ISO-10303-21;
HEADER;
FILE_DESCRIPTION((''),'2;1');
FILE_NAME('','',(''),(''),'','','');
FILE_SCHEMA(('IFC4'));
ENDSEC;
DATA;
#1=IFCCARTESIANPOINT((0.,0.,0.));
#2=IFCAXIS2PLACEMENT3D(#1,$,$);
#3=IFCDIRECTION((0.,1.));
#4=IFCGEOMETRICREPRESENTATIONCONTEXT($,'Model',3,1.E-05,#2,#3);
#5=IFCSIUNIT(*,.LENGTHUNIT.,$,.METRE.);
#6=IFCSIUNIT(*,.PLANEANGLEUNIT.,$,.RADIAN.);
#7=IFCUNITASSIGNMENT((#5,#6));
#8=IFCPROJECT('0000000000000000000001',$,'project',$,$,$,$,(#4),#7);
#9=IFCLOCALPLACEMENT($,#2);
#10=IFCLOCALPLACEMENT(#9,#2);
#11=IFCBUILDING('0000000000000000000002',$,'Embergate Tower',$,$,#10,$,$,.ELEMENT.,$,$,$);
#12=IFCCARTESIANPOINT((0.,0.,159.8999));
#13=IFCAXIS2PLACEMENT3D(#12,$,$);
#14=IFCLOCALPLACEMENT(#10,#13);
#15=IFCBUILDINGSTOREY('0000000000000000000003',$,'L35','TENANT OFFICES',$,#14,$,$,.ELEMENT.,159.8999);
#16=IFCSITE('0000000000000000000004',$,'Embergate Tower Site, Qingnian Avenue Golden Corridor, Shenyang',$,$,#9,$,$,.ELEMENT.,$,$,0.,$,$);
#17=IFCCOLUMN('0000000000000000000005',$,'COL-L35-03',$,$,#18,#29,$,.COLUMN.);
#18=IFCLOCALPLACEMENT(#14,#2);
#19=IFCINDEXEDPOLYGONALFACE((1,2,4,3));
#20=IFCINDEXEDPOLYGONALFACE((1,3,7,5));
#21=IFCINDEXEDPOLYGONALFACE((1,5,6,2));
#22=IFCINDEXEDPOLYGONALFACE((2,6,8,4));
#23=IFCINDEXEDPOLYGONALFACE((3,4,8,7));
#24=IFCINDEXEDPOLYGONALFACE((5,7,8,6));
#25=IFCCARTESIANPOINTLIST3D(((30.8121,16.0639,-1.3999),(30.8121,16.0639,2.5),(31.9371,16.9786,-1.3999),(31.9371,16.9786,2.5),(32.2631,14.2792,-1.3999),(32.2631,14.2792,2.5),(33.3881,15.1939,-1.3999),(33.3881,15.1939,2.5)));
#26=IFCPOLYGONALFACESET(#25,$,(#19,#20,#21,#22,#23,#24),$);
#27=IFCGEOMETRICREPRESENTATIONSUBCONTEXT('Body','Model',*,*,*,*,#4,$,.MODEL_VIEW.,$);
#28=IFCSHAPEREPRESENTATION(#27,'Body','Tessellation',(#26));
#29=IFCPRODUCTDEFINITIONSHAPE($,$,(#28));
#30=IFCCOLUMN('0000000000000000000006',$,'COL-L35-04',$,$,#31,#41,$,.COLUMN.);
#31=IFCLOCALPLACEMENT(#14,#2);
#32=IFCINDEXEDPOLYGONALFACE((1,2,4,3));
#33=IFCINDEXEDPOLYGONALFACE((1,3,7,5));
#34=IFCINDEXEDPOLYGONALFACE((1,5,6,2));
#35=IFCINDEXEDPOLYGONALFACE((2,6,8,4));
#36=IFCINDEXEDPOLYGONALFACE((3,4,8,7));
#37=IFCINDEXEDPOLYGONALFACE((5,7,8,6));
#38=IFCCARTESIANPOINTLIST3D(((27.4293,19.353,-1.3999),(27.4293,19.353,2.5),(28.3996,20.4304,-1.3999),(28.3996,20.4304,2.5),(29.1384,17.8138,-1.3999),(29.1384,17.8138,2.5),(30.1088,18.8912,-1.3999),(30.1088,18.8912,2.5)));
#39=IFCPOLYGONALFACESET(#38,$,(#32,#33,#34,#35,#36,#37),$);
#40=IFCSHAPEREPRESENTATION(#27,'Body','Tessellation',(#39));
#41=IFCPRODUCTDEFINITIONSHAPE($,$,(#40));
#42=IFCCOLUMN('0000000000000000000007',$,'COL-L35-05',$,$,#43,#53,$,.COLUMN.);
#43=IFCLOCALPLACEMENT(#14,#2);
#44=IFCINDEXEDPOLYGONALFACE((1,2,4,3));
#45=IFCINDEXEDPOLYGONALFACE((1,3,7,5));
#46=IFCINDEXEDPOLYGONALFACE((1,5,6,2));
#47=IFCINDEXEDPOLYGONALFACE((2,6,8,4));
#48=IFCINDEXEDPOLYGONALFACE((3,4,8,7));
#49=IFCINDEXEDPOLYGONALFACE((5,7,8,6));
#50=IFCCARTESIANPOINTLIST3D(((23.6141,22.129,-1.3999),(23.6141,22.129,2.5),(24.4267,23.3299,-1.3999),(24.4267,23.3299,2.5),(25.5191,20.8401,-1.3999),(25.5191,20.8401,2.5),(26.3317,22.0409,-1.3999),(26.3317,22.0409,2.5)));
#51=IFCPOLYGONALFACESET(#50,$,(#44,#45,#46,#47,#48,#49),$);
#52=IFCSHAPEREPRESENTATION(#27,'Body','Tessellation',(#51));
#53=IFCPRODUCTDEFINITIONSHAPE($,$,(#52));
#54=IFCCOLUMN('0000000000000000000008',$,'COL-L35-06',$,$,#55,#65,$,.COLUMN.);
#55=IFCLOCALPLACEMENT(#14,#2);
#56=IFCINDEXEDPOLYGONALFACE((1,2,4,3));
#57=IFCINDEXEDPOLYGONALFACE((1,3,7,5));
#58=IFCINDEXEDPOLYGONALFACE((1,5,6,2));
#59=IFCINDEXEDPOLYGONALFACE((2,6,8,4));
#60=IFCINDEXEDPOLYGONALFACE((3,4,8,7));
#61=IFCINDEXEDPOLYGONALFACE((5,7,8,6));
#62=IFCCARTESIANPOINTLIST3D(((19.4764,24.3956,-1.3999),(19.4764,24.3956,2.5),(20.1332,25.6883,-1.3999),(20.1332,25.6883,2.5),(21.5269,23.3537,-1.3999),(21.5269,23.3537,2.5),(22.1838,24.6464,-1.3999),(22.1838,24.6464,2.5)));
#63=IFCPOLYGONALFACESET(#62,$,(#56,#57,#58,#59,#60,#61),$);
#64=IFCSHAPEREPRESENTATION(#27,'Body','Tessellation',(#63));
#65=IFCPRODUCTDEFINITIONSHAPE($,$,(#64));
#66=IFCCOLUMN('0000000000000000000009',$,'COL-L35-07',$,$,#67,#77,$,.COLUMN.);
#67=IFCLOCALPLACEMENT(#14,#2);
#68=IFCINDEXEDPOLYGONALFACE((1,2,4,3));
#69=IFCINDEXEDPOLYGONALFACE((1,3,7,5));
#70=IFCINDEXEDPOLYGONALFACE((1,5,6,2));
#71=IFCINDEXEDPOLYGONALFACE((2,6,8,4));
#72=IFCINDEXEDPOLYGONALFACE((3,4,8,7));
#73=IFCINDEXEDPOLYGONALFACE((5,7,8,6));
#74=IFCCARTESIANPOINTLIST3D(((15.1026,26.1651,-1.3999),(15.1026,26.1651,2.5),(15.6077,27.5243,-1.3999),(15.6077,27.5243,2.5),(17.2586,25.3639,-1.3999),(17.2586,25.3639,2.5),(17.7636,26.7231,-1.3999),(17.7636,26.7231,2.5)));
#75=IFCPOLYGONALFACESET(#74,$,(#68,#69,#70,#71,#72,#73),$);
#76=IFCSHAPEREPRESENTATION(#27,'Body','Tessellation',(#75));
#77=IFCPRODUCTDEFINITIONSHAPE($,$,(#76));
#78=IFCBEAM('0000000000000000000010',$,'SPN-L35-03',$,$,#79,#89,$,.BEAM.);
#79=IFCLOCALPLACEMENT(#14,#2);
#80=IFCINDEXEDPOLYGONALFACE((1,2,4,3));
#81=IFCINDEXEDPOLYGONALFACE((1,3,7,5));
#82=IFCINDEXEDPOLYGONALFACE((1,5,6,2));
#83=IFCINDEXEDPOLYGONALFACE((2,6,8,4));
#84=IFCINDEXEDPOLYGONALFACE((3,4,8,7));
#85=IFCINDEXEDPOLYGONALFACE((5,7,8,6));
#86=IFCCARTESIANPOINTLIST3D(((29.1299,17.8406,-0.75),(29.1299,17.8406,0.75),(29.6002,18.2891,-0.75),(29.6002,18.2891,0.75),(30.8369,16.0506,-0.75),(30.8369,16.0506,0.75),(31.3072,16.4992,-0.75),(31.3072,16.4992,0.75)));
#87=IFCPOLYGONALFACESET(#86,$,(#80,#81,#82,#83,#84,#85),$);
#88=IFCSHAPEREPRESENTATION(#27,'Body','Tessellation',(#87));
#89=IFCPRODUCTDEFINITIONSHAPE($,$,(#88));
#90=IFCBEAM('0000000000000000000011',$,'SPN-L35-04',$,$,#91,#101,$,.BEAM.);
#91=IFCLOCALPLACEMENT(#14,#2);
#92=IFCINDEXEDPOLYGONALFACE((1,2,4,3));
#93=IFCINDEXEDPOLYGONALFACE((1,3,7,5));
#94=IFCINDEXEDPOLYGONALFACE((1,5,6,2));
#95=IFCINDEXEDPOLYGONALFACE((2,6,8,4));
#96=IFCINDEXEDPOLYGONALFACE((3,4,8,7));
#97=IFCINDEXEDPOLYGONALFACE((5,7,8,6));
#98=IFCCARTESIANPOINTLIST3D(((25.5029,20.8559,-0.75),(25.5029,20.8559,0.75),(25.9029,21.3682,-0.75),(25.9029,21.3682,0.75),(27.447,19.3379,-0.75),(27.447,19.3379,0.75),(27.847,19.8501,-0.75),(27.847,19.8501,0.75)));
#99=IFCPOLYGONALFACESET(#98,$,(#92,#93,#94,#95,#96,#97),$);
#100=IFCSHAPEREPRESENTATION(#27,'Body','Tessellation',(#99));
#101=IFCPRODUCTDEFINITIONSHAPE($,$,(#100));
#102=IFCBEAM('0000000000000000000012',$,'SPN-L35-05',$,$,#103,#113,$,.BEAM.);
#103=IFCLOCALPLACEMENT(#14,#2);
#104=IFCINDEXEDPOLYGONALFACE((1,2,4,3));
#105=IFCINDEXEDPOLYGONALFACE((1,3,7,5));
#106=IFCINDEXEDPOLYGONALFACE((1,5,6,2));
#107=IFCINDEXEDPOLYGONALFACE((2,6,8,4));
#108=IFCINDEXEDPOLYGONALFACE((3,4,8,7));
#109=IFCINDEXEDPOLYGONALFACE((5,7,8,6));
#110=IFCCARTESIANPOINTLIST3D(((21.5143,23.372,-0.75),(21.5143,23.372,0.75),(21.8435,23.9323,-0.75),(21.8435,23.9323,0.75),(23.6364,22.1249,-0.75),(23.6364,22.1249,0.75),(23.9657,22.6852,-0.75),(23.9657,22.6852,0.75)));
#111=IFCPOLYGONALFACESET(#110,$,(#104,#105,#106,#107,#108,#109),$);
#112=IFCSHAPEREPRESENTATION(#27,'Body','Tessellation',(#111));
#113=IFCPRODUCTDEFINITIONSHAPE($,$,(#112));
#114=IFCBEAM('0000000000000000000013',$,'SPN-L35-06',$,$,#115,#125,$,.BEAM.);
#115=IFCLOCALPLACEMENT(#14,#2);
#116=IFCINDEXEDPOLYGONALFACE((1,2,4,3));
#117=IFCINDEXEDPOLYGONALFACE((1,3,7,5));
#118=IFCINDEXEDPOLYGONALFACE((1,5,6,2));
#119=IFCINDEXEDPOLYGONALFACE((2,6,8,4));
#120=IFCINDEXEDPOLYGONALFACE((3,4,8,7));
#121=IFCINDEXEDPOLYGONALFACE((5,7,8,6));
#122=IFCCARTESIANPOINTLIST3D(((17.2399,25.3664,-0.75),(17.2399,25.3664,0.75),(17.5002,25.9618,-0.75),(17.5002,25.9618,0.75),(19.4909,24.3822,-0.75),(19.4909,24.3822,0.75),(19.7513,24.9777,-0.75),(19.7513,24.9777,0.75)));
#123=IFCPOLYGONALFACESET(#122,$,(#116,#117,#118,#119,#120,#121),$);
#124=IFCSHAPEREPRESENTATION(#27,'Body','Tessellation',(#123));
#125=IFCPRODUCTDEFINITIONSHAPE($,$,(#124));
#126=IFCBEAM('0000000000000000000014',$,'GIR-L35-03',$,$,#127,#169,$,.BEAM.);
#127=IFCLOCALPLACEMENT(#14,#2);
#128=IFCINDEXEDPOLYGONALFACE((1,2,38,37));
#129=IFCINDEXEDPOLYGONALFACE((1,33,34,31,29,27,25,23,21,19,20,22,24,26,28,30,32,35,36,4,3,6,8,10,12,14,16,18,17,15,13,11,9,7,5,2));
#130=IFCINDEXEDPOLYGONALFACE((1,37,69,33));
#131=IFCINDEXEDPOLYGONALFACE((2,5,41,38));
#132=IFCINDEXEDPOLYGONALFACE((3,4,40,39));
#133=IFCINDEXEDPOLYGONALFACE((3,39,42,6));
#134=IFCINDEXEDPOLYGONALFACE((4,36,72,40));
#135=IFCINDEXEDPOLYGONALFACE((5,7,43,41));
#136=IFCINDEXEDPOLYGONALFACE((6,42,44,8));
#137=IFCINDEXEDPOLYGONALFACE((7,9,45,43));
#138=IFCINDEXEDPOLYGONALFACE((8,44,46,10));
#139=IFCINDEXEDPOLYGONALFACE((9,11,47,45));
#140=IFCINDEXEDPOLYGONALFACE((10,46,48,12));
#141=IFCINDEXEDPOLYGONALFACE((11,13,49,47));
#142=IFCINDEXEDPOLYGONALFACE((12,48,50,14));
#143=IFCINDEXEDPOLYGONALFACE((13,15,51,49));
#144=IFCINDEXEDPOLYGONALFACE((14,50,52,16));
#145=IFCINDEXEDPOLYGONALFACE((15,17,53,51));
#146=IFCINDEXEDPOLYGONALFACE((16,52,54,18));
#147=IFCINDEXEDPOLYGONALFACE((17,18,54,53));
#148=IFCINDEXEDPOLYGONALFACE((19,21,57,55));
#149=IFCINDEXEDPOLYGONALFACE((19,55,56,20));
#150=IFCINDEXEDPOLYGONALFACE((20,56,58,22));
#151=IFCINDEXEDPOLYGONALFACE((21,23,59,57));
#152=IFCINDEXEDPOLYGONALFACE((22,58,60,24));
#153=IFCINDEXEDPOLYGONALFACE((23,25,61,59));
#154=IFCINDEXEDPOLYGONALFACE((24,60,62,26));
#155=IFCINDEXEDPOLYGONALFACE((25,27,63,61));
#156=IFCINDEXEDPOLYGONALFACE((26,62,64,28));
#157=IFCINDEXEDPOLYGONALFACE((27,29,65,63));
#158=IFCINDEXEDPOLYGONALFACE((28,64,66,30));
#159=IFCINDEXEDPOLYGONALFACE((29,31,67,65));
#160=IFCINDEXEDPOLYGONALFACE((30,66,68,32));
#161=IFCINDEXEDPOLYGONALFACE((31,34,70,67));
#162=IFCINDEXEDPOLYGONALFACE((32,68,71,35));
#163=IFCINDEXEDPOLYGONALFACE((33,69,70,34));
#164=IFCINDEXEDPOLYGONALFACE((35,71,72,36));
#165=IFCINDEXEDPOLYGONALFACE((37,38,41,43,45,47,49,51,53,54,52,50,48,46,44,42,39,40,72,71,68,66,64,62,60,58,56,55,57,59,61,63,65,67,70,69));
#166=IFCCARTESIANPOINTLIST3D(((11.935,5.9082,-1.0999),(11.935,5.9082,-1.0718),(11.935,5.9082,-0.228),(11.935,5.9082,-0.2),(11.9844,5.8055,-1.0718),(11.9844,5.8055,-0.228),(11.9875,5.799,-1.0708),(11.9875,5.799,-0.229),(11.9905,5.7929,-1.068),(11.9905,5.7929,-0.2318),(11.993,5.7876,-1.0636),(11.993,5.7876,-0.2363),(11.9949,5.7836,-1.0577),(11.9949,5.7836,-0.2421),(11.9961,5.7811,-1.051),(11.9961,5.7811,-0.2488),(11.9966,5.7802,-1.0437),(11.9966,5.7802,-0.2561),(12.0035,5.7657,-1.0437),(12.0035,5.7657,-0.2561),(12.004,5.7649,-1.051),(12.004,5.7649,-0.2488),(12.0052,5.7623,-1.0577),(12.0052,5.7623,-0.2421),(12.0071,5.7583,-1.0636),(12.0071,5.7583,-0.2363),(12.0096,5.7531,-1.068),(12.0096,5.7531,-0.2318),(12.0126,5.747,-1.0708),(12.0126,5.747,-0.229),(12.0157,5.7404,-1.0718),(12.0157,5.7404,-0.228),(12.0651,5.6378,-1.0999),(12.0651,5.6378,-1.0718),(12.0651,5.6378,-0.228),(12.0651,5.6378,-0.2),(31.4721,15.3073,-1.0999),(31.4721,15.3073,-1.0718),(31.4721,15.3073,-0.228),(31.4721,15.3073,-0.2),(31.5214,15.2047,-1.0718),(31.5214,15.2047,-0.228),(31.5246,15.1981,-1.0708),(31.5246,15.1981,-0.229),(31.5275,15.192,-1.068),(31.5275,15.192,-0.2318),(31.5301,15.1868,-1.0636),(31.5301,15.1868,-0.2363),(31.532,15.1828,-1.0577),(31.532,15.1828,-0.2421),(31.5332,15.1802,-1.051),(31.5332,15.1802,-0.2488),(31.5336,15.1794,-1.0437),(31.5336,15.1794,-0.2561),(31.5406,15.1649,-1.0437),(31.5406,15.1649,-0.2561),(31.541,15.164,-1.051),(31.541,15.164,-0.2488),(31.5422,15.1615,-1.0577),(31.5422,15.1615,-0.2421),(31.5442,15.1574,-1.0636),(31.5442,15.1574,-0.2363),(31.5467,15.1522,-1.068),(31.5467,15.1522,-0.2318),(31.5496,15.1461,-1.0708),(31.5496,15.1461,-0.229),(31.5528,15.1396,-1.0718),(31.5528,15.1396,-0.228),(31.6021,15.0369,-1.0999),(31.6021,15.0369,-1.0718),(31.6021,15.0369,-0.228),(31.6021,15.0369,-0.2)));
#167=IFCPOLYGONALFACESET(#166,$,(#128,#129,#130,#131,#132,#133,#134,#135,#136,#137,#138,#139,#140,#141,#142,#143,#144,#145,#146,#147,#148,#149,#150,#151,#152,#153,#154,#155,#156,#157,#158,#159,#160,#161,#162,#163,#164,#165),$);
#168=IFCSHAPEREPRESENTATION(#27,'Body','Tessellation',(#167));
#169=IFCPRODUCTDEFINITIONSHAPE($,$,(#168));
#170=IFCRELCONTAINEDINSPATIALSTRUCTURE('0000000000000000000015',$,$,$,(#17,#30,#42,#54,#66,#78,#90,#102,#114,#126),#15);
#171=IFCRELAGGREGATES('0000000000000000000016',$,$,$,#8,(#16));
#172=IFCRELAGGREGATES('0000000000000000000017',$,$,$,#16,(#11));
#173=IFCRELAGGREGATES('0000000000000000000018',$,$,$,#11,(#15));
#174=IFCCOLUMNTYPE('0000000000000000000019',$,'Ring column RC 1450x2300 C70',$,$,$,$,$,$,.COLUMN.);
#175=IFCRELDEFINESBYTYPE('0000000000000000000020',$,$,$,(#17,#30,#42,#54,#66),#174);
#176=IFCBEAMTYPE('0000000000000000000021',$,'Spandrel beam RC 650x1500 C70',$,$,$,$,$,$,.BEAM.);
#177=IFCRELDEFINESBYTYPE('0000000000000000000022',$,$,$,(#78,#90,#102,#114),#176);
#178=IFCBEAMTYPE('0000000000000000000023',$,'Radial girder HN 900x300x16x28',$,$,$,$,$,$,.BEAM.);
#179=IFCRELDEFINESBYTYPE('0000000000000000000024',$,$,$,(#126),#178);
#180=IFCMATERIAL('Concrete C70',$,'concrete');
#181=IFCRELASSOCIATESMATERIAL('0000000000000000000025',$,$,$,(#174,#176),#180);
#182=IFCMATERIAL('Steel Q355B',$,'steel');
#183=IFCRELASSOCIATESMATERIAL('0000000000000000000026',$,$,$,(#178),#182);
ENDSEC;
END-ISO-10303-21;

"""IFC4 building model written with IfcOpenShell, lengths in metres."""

from ifc_helpers import new_model, si_unit, direction, frame, origin, origin_2d, place, context, subcontext, project, spatial, rectangle, i_section, extrude, source, transform, mapped, material, material_profile, profile_set, type_object, element, save


model = new_model("IFC4")

# Units and contexts
model_context = context("Model", 3, precision=1e-05, world=origin(), true_north=direction((0.0, 1.0)))
body_context = subcontext(model_context, "Body", "Model", "MODEL_VIEW")
ifc_project = project(units=[si_unit("LENGTHUNIT", "METRE"), si_unit("PLANEANGLEUNIT", "RADIAN")], contexts=[model_context])

# Site, building, storey
site_placement = place(None, origin())
site = spatial("IfcSite", under=ifc_project, at=site_placement, Name="Embergate Tower Site, Qingnian Avenue Golden Corridor, Shenyang", CompositionType="ELEMENT", RefElevation=0.0)
building_placement = place(site_placement, origin())
building = spatial("IfcBuilding", under=site, at=building_placement, Name="Embergate Tower", CompositionType="ELEMENT")
storey_placement = place(building_placement, frame((0.0, 0.0, 159.8999)))
storey = spatial("IfcBuildingStorey", under=building, at=storey_placement, Name="L35", Description="TENANT OFFICES", CompositionType="ELEMENT", Elevation=159.8999)

# Columns
ifc_material_1 = material(Name="Concrete C70", Category="concrete")
ifc_material_profile_1 = material_profile(ifc_material_1, rectangle(XDim=1.45, YDim=2.3, at=origin_2d()), Name="RC 1450x2300")
ifc_profile_set_1 = profile_set([ifc_material_profile_1], Name="Concrete C70")
column_type = type_object("IfcColumnType", Name="Ring column RC 1450x2300 C70", PredefinedType="COLUMN", material=ifc_profile_set_1)
shared_shape_1 = source(origin(), body_context, "Body", "SweptSolid", [
    extrude(rectangle(XDim=1.45, YDim=2.3, at=origin_2d()), origin(), (0.0, 0.0, 1.0), 3.8999),
])
for number, where, z_axis, x_axis, name in (
    (1, (32.1001, 15.6289, -1.3999), (0.0, 0.0, 1.0), (0.775914, 0.630838, 0.0), "COL-L35-03"),
    (2, (28.769, 19.1221, -1.3999), (0.0, 0.0, 1.0), (0.669208, 0.743075, 0.0), "COL-L35-04"),
    (3, (24.9729, 22.085, -1.3999), (0.0, 0.0, 1.0), (0.560393, 0.828227, 0.0), "COL-L35-05"),
    (4, (20.8301, 24.521, -1.3999), (0.0, 0.0, 1.0), (0.452995, 0.891513, 0.0), "COL-L35-06"),
    (5, (16.4331, 26.4441, -1.3999), (0.0, 0.0, 1.0), (0.348343, 0.937367, 0.0), "COL-L35-07"),
):
    element("IfcColumn", number, at=place(storey_placement, frame(where, z_axis=z_axis, x_axis=x_axis)), inside=storey, type_object=column_type, Name=name, PredefinedType="COLUMN", context=body_context, shape_type="MappedRepresentation", body=[
        mapped(shared_shape_1, transform((0.0, 0.0, 0.0))),
    ])

# Beams
ifc_material_profile_2 = material_profile(ifc_material_1, rectangle(XDim=0.6499, YDim=1.5, at=origin_2d()), Name="RC 650x1500")
ifc_profile_set_2 = profile_set([ifc_material_profile_2], Name="Concrete C70")
beam_type_1 = type_object("IfcBeamType", Name="Spandrel beam RC 650x1500 C70", PredefinedType="BEAM", material=ifc_profile_set_2)
shared_shape_2 = source(origin(), body_context, "Body", "SweptSolid", [
    extrude(rectangle(XDim=0.6499, YDim=1.5, at=origin_2d()), origin(), (0.0, 0.0, 1.0), 2.4734),
])
beam_1_placement = place(storey_placement, frame((31.072, 16.2749, 0.0), z_axis=(-0.690128, 0.723687, 0.0), x_axis=(-0.723687, -0.690128, 0.0)))
element("IfcBeam", 6, at=beam_1_placement, inside=storey, type_object=beam_type_1, Name="SPN-L35-03", PredefinedType="BEAM", context=body_context, shape_type="MappedRepresentation", body=[
    mapped(shared_shape_2, transform((0.0, 0.0, 0.0))),
])
shared_shape_3 = source(origin(), body_context, "Body", "SweptSolid", [
    extrude(rectangle(XDim=0.6499, YDim=1.5, at=origin_2d()), origin(), (0.0, 0.0, 1.0), 2.4666),
])
beam_2_placement = place(storey_placement, frame((27.647, 19.594, 0.0), z_axis=(-0.788173, 0.615454, 0.0), x_axis=(-0.615454, -0.788173, 0.0)))
element("IfcBeam", 7, at=beam_2_placement, inside=storey, type_object=beam_type_1, Name="SPN-L35-04", PredefinedType="BEAM", context=body_context, shape_type="MappedRepresentation", body=[
    mapped(shared_shape_3, transform((0.0, 0.0, 0.0))),
])
shared_shape_4 = source(origin(), body_context, "Body", "SweptSolid", [
    extrude(rectangle(XDim=0.6499, YDim=1.5, at=origin_2d()), origin(), (0.0, 0.0, 1.0), 2.4614),
])
beam_3_placement = place(storey_placement, frame((23.801, 22.405, 0.0), z_axis=(-0.862148, 0.506656, 0.0), x_axis=(-0.506656, -0.862148, 0.0)))
element("IfcBeam", 8, at=beam_3_placement, inside=storey, type_object=beam_type_1, Name="SPN-L35-05", PredefinedType="BEAM", context=body_context, shape_type="MappedRepresentation", body=[
    mapped(shared_shape_4, transform((0.0, 0.0, 0.0))),
])
shared_shape_5 = source(origin(), body_context, "Body", "SweptSolid", [
    extrude(rectangle(XDim=0.6499, YDim=1.5, at=origin_2d()), origin(), (0.0, 0.0, 1.0), 2.4568),
])
beam_4_placement = place(storey_placement, frame((19.6211, 24.6799, 0.0), z_axis=(-0.916258, 0.400589, 0.0), x_axis=(-0.400589, -0.916258, 0.0)))
element("IfcBeam", 9, at=beam_4_placement, inside=storey, type_object=beam_type_1, Name="SPN-L35-06", PredefinedType="BEAM", context=body_context, shape_type="MappedRepresentation", body=[
    mapped(shared_shape_5, transform((0.0, 0.0, 0.0))),
])
ifc_material_2 = material(Name="Steel Q355B", Category="steel")
ifc_material_profile_3 = material_profile(ifc_material_2, i_section(OverallWidth=0.3, OverallDepth=0.8999, WebThickness=0.0161, FlangeThickness=0.0281, FilletRadius=0.0281, at=origin_2d()), Name="HN 900x300x16x28")
ifc_profile_set_3 = profile_set([ifc_material_profile_3], Name="Steel Q355 grade B")
beam_type_2 = type_object("IfcBeamType", Name="Radial girder HN 900x300x16x28", PredefinedType="BEAM", material=ifc_profile_set_3)
shared_shape_6 = source(origin(), body_context, "Body", "SweptSolid", [
    extrude(i_section(OverallWidth=0.3, OverallDepth=0.8999, WebThickness=0.0161, FlangeThickness=0.0281, FilletRadius=0.0281, at=origin_2d()), origin(), (0.0, 0.0, 1.0), 21.6804),
])
beam_5_placement = place(storey_placement, frame((31.5371, 15.1721, -0.6499), z_axis=(-0.901138, -0.433532, 0.0), x_axis=(0.433532, -0.901138, 0.0)))
element("IfcBeam", 10, at=beam_5_placement, inside=storey, type_object=beam_type_2, Name="GIR-L35-03", PredefinedType="BEAM", context=body_context, shape_type="MappedRepresentation", body=[
    mapped(shared_shape_6, transform((0.0, 0.0, 0.0))),
])

save(model, "model.ifc")
